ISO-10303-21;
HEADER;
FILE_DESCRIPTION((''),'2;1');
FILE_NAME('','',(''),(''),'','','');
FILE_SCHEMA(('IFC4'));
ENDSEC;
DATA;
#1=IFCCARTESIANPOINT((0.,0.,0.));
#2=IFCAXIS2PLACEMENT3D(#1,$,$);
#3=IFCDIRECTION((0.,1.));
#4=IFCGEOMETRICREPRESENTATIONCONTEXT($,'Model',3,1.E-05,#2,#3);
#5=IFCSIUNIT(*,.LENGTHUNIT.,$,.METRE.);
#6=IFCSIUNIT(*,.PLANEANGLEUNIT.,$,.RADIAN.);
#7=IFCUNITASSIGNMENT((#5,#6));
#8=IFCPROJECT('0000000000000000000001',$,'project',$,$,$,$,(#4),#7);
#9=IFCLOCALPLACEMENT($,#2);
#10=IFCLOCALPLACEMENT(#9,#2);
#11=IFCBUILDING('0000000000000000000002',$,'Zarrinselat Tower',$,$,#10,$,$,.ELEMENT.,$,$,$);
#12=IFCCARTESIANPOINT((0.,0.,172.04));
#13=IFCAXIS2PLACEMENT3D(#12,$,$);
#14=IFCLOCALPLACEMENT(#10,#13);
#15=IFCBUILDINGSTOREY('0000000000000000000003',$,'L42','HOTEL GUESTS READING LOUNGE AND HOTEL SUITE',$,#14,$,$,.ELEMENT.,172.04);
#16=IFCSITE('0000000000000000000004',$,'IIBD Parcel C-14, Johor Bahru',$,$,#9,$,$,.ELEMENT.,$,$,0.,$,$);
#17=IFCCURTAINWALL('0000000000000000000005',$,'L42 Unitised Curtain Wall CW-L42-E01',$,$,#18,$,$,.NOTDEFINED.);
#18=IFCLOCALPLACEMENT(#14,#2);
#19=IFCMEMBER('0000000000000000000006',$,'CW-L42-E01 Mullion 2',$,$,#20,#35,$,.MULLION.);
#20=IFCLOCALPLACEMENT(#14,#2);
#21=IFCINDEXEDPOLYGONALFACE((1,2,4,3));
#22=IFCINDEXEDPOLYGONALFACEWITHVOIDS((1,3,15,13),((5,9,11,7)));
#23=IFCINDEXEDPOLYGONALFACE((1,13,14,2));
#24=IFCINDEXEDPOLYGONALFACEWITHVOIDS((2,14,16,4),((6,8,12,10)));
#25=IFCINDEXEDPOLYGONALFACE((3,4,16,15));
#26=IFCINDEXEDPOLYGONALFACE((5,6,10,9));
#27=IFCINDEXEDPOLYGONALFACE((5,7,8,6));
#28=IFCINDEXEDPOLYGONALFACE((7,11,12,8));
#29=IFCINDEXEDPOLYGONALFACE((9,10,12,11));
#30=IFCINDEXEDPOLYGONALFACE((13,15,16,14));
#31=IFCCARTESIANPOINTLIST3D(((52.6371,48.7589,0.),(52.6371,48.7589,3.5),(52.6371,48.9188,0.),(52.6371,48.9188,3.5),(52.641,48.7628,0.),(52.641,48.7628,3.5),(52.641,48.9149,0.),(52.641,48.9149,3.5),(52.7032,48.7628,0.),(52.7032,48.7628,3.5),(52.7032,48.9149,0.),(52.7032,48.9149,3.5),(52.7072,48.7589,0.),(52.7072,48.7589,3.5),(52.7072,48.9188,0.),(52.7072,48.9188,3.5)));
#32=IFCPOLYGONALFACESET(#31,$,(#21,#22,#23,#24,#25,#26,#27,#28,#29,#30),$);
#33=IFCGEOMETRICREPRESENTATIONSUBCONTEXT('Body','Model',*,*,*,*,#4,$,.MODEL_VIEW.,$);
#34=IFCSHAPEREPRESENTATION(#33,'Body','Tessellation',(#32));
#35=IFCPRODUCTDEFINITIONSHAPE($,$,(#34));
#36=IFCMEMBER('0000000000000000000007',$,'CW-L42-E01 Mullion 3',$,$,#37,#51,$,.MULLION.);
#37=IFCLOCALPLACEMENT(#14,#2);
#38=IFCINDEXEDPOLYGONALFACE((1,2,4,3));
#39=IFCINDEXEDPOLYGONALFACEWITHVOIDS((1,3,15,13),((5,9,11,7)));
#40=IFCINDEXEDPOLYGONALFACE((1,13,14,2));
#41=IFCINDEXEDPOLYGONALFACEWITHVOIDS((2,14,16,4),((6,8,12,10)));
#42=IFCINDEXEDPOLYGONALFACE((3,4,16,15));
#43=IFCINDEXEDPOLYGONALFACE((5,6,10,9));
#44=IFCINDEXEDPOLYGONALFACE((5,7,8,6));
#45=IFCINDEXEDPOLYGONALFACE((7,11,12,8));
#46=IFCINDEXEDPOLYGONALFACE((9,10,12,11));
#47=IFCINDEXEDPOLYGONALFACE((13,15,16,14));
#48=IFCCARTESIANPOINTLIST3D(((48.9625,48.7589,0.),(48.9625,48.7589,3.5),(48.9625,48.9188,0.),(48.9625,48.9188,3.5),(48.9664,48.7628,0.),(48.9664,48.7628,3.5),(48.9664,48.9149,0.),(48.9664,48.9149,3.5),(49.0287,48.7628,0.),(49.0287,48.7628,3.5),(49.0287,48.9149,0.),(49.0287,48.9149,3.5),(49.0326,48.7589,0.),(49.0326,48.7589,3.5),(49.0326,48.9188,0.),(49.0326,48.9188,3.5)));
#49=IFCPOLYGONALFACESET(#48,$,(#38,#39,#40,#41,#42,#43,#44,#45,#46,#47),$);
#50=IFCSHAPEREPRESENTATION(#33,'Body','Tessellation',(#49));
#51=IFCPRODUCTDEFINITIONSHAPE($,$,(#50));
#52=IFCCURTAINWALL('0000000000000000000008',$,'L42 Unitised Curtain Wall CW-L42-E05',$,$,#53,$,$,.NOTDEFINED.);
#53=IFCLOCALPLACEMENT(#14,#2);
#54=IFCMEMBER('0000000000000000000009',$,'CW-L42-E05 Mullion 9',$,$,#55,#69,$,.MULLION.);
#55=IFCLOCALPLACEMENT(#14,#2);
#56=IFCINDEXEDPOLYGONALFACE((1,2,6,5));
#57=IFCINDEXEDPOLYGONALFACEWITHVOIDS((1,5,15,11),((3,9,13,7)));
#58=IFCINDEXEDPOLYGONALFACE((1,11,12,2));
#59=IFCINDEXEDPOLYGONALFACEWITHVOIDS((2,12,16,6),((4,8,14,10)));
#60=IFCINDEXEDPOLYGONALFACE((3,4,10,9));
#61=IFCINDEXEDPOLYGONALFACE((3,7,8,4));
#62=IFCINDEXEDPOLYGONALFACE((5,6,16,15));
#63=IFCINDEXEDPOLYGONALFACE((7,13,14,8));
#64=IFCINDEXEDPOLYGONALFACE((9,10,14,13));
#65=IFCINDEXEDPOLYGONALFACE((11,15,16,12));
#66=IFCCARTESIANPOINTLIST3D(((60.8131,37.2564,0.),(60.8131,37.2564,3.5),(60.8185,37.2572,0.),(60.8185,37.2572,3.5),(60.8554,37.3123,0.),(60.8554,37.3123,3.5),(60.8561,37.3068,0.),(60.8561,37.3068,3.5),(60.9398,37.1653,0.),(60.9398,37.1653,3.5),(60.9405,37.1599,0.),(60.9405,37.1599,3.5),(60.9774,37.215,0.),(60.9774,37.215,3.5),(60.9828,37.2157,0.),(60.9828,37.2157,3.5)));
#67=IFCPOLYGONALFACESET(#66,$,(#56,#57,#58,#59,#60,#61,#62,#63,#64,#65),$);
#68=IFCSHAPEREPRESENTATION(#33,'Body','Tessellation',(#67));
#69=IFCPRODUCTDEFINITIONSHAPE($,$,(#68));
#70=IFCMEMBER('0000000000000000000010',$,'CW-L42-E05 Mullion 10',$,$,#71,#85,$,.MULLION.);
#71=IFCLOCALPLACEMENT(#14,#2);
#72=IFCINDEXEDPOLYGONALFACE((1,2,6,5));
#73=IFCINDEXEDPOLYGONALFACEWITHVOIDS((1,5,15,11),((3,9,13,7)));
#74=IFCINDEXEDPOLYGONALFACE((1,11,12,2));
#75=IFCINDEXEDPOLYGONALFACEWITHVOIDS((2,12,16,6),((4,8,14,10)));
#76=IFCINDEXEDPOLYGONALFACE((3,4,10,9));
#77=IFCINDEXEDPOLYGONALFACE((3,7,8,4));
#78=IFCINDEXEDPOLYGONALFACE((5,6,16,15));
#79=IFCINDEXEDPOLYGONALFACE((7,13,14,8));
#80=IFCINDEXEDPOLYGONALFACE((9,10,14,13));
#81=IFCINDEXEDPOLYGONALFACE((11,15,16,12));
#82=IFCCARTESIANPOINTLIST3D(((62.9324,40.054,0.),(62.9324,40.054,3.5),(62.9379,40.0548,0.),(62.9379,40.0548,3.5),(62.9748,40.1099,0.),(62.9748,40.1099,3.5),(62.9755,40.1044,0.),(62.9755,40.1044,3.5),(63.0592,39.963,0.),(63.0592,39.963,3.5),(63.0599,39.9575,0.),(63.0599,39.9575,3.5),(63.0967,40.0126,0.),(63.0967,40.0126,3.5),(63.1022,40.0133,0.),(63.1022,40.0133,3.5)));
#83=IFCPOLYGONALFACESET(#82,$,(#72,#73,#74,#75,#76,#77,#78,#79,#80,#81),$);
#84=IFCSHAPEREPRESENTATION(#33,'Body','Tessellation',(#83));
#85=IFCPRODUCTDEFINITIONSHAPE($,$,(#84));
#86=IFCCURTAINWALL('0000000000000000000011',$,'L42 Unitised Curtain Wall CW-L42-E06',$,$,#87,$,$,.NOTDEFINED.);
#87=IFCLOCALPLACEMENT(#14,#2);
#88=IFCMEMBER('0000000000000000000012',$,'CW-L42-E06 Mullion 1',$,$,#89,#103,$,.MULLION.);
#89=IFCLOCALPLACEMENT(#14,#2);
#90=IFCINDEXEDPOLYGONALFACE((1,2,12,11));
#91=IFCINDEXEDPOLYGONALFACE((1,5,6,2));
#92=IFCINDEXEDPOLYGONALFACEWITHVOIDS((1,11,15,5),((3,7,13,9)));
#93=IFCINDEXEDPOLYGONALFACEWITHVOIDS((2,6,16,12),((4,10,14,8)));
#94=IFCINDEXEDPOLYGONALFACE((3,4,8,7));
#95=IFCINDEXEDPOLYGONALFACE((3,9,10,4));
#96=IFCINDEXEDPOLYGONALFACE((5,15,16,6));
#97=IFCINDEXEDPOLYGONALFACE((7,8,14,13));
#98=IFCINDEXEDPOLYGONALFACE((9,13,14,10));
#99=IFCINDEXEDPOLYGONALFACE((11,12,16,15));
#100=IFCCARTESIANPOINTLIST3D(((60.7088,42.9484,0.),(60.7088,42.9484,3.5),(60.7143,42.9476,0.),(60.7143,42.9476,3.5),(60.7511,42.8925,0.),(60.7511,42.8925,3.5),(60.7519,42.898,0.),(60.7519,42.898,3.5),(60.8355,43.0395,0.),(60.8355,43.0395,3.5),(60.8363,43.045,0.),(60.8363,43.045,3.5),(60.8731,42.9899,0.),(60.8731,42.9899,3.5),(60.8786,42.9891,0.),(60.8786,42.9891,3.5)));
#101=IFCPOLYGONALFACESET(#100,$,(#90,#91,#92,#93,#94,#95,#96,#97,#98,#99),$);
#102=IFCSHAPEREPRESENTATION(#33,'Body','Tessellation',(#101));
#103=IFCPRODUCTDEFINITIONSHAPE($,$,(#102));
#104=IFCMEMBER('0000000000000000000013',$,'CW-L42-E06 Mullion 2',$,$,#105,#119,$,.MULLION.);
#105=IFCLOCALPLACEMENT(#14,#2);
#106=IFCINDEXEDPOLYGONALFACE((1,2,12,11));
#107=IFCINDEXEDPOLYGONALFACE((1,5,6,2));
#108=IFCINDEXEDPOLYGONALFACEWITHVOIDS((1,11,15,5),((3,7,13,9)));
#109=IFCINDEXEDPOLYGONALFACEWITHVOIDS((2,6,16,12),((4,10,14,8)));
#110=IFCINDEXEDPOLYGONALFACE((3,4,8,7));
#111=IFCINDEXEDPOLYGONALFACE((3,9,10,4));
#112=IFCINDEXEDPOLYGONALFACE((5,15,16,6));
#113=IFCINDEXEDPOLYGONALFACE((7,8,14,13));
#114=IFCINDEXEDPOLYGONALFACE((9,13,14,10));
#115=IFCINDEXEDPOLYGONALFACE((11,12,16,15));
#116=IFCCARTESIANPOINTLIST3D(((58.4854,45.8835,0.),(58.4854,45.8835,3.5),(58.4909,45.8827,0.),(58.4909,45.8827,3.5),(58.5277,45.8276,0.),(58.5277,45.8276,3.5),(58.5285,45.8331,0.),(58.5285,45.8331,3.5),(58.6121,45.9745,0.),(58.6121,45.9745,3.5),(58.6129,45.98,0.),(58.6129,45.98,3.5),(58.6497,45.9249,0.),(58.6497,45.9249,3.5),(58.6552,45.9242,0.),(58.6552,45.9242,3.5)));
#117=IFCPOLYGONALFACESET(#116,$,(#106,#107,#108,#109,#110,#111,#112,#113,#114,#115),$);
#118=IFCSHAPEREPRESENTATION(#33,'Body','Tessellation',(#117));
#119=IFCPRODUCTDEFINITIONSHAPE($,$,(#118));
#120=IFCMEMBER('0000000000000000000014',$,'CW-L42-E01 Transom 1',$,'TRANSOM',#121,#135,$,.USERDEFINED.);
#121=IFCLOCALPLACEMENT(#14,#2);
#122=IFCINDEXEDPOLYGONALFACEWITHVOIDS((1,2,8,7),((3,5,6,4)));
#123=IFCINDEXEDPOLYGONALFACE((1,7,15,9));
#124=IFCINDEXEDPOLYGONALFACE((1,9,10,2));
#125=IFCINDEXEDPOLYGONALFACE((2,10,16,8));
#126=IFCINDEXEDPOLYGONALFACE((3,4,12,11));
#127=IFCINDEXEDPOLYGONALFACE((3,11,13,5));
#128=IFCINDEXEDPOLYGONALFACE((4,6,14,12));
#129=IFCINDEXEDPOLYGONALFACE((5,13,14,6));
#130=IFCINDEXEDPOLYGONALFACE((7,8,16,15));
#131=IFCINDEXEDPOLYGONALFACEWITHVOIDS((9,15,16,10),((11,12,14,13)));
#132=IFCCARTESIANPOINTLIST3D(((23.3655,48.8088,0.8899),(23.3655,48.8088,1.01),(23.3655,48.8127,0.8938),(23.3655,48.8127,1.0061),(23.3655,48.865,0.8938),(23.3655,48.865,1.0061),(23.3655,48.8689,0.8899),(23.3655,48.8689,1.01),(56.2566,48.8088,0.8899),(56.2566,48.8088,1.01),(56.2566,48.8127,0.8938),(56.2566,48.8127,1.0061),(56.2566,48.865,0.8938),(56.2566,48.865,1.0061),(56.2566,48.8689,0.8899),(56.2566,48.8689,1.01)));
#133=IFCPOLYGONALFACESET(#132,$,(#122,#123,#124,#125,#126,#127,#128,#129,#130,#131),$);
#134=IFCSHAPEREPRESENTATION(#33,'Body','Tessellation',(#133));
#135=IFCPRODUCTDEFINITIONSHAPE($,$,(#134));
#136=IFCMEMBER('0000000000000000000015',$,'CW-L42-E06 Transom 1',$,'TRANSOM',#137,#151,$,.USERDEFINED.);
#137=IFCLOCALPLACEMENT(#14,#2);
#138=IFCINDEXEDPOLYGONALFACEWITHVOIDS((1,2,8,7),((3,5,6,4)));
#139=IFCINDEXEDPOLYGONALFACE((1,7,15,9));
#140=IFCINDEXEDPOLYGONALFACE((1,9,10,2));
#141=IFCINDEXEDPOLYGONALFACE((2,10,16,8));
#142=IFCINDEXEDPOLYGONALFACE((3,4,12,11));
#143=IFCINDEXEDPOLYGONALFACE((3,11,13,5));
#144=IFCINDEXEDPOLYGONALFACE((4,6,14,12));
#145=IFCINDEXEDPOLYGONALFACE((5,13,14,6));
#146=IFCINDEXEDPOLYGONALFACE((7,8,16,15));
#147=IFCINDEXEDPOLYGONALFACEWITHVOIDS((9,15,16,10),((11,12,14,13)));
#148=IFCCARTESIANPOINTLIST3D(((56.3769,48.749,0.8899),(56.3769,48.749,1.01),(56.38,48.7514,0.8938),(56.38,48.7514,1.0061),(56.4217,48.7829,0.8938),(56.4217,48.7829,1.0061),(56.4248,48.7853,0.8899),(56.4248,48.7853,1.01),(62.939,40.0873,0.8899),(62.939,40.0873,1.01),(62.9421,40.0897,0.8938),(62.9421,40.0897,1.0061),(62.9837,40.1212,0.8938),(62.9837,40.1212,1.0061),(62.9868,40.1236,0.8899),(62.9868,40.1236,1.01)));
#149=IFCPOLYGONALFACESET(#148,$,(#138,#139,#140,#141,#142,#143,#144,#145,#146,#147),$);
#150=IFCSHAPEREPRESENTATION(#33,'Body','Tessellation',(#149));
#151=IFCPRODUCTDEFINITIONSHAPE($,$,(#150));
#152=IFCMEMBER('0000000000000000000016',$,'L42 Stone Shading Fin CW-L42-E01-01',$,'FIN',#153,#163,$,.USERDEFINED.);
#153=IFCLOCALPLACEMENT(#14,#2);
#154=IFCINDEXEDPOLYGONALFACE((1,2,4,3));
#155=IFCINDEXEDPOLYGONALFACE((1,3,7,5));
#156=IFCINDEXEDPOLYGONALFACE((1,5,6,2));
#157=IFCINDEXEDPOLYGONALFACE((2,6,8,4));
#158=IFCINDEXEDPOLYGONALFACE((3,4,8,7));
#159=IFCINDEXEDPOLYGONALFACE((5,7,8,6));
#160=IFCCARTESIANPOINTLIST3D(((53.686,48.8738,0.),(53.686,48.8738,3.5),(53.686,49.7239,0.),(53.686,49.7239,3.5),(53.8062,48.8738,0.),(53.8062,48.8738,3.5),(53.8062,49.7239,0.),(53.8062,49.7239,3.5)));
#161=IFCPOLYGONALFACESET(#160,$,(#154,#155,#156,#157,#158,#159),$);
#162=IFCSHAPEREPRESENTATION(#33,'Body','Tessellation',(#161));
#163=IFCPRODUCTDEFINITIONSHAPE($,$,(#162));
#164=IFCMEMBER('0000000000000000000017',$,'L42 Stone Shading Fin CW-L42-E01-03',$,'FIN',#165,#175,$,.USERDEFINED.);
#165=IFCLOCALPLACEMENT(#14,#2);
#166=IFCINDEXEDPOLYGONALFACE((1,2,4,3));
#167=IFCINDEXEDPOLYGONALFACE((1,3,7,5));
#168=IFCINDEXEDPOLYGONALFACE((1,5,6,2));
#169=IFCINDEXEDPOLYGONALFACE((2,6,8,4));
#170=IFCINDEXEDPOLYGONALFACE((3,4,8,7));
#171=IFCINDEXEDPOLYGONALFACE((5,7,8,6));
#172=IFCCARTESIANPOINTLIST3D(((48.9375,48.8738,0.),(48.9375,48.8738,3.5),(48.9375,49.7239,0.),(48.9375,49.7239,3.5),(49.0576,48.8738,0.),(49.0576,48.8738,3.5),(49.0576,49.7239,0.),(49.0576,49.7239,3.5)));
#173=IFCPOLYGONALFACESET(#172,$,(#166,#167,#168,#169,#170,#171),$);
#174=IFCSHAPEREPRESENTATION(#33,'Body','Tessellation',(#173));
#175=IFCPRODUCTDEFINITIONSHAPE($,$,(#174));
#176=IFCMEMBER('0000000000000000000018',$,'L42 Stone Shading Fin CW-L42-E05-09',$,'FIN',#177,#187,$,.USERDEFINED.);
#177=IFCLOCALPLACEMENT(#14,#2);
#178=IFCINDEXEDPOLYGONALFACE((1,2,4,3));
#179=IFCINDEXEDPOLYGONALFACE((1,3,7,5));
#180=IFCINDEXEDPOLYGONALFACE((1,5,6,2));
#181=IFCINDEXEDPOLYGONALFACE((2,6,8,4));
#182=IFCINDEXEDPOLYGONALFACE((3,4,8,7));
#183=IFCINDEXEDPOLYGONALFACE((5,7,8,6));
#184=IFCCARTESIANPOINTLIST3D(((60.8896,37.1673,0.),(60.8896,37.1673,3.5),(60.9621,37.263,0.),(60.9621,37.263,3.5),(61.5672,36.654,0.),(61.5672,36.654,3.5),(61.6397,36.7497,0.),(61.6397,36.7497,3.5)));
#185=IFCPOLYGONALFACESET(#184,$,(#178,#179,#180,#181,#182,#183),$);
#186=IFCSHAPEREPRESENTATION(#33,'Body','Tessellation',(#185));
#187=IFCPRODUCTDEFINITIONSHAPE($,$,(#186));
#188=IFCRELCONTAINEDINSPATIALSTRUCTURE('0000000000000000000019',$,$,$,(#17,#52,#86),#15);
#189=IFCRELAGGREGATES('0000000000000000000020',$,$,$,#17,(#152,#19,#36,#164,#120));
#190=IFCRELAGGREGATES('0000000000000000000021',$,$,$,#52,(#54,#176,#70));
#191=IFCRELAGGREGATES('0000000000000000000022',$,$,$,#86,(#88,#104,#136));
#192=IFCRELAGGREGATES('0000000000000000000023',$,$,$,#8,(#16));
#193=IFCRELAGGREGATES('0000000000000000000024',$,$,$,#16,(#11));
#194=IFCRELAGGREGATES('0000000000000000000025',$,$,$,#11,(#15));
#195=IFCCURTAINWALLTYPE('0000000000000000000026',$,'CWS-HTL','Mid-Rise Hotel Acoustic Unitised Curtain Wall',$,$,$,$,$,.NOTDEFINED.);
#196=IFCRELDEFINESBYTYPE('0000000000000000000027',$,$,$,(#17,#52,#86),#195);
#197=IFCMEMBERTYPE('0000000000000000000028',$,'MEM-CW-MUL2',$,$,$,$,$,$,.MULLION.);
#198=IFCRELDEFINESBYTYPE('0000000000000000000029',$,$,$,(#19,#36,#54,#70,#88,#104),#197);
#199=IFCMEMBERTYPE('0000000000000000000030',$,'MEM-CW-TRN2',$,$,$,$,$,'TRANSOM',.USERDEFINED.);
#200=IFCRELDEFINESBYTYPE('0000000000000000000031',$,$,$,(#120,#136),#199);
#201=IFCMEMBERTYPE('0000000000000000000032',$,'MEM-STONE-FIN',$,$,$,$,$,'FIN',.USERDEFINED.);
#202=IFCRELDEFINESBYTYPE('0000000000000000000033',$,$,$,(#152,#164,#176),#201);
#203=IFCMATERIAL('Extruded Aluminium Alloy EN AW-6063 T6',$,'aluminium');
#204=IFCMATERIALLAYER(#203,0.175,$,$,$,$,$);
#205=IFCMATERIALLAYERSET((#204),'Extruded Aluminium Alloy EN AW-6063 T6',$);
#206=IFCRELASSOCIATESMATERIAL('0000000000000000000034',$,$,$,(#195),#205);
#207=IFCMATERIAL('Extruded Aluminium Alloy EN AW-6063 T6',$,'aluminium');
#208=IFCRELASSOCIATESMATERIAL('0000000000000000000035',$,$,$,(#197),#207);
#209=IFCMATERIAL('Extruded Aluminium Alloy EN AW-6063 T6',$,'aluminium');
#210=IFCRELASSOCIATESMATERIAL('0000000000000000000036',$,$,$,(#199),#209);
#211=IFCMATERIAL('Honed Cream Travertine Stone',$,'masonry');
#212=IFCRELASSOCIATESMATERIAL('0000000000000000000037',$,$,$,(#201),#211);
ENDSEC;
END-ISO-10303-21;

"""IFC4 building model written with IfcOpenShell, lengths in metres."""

from ifc_helpers import new_model, si_unit, direction, frame, origin, origin_2d, place, context, subcontext, project, spatial, rectangle, hollow_rectangle, extrude, material, layer, layer_set, material_profile, profile_set, type_object, element, aggregate, save


model = new_model("IFC4")

# Units and contexts
model_context = context("Model", 3, precision=1e-05, world=origin(), true_north=direction((0.0, 1.0)))
body_context = subcontext(model_context, "Body", "Model", "MODEL_VIEW")
ifc_project = project(units=[si_unit("LENGTHUNIT", "METRE"), si_unit("PLANEANGLEUNIT", "RADIAN")], contexts=[model_context])

# Site, building, storey
site_placement = place(None, origin())
site = spatial("IfcSite", under=ifc_project, at=site_placement, Name="IIBD Parcel C-14, Johor Bahru", CompositionType="ELEMENT", RefElevation=0.0)
building_placement = place(site_placement, origin())
building = spatial("IfcBuilding", under=site, at=building_placement, Name="Zarrinselat Tower", CompositionType="ELEMENT")
storey_placement = place(building_placement, frame((0.0, 0.0, 172.04)))
storey = spatial("IfcBuildingStorey", under=building, at=storey_placement, Name="L42", Description="HOTEL GUESTS READING LOUNGE AND HOTEL SUITE", CompositionType="ELEMENT", Elevation=172.04)

# Curtain walls, members
ifc_material_1 = material(Name="Extruded Aluminium Alloy EN AW-6063 T6", Category="aluminium")
ifc_layer_1 = layer(ifc_material_1, 0.175)
ifc_layer_set_1 = layer_set([ifc_layer_1], Name="Extruded Aluminium Alloy EN AW-6063 T6")
curtain_wall_type = type_object("IfcCurtainWallType", Name="CWS-HTL", Description="Mid-Rise Hotel Acoustic Unitised Curtain Wall", PredefinedType="NOTDEFINED", material=ifc_layer_set_1)
curtain_wall_1_placement = place(storey_placement, origin())
curtain_wall_1 = element("IfcCurtainWall", 1, at=curtain_wall_1_placement, inside=storey, type_object=curtain_wall_type, Name="L42 Unitised Curtain Wall CW-L42-E01", PredefinedType="NOTDEFINED")
ifc_material_2 = material(Name="Extruded Aluminium Alloy EN AW-6063 T6", Category="aluminium")
ifc_material_profile_1 = material_profile(ifc_material_2, hollow_rectangle(XDim=0.0701, YDim=0.1599, WallThickness=0.0039, at=origin_2d()), Name="RHS 160x70x4")
ifc_profile_set_1 = profile_set([ifc_material_profile_1], Name="Extruded Aluminium Alloy EN AW-6063 T6")
member_type_1 = type_object("IfcMemberType", Name="MEM-CW-MUL2", PredefinedType="MULLION", material=ifc_profile_set_1)
member_1_placement = place(storey_placement, frame((52.6721, 48.8389, 0.0), z_axis=(0.0, 0.0, 1.0), x_axis=(-1.0, 0.0, 0.0)))
member_1 = element("IfcMember", 2, at=member_1_placement, type_object=member_type_1, Name="CW-L42-E01 Mullion 2", PredefinedType="MULLION", context=body_context, shape_type="SweptSolid", body=[
    extrude(hollow_rectangle(XDim=0.0701, YDim=0.1599, WallThickness=0.0039, at=origin_2d()), origin(), (0.0, 0.0, 1.0), 3.5),
])
member_2_placement = place(storey_placement, frame((48.9976, 48.8389, 0.0), z_axis=(0.0, 0.0, 1.0), x_axis=(-1.0, 0.0, 0.0)))
member_2 = element("IfcMember", 3, at=member_2_placement, type_object=member_type_1, Name="CW-L42-E01 Mullion 3", PredefinedType="MULLION", context=body_context, shape_type="SweptSolid", body=[
    extrude(hollow_rectangle(XDim=0.0701, YDim=0.1599, WallThickness=0.0039, at=origin_2d()), origin(), (0.0, 0.0, 1.0), 3.5),
])
curtain_wall_2_placement = place(storey_placement, origin())
curtain_wall_2 = element("IfcCurtainWall", 4, at=curtain_wall_2_placement, inside=storey, type_object=curtain_wall_type, Name="L42 Unitised Curtain Wall CW-L42-E05", PredefinedType="NOTDEFINED")
member_3_placement = place(storey_placement, frame((60.8979, 37.2361, 0.0), z_axis=(0.0, 0.0, 1.0), x_axis=(0.603859, 0.797091, 0.0)))
member_3 = element("IfcMember", 5, at=member_3_placement, type_object=member_type_1, Name="CW-L42-E05 Mullion 9", PredefinedType="MULLION", context=body_context, shape_type="SweptSolid", body=[
    extrude(hollow_rectangle(XDim=0.0701, YDim=0.1599, WallThickness=0.0039, at=origin_2d()), origin(), (0.0, 0.0, 1.0), 3.5),
])
member_4_placement = place(storey_placement, frame((63.0173, 40.0337, 0.0), z_axis=(0.0, 0.0, 1.0), x_axis=(0.603859, 0.797091, 0.0)))
member_4 = element("IfcMember", 6, at=member_4_placement, type_object=member_type_1, Name="CW-L42-E05 Mullion 10", PredefinedType="MULLION", context=body_context, shape_type="SweptSolid", body=[
    extrude(hollow_rectangle(XDim=0.0701, YDim=0.1599, WallThickness=0.0039, at=origin_2d()), origin(), (0.0, 0.0, 1.0), 3.5),
])
curtain_wall_3_placement = place(storey_placement, origin())
curtain_wall_3 = element("IfcCurtainWall", 7, at=curtain_wall_3_placement, inside=storey, type_object=curtain_wall_type, Name="L42 Unitised Curtain Wall CW-L42-E06", PredefinedType="NOTDEFINED")
member_5_placement = place(storey_placement, frame((60.7937, 42.9688, 0.0), z_axis=(0.0, 0.0, 1.0), x_axis=(-0.603857, 0.797092, 0.0)))
member_5 = element("IfcMember", 8, at=member_5_placement, type_object=member_type_1, Name="CW-L42-E06 Mullion 1", PredefinedType="MULLION", context=body_context, shape_type="SweptSolid", body=[
    extrude(hollow_rectangle(XDim=0.0701, YDim=0.1599, WallThickness=0.0039, at=origin_2d()), origin(), (0.0, 0.0, 1.0), 3.5),
])
member_6_placement = place(storey_placement, frame((58.5703, 45.9038, 0.0), z_axis=(0.0, 0.0, 1.0), x_axis=(-0.603857, 0.797092, 0.0)))
member_6 = element("IfcMember", 9, at=member_6_placement, type_object=member_type_1, Name="CW-L42-E06 Mullion 2", PredefinedType="MULLION", context=body_context, shape_type="SweptSolid", body=[
    extrude(hollow_rectangle(XDim=0.0701, YDim=0.1599, WallThickness=0.0039, at=origin_2d()), origin(), (0.0, 0.0, 1.0), 3.5),
])

# Members
ifc_material_3 = material(Name="Extruded Aluminium Alloy EN AW-6063 T6", Category="aluminium")
ifc_material_profile_2 = material_profile(ifc_material_3, hollow_rectangle(XDim=0.0601, YDim=0.1201, WallThickness=0.0039, at=origin_2d()), Name="RHS 120x60x4")
ifc_profile_set_2 = profile_set([ifc_material_profile_2], Name="Extruded Aluminium Alloy EN AW-6063 T6")
member_type_2 = type_object("IfcMemberType", Name="MEM-CW-TRN2", ElementType="TRANSOM", PredefinedType="USERDEFINED", material=ifc_profile_set_2)
member_7_placement = place(storey_placement, frame((56.2566, 48.8389, 0.95), z_axis=(-1.0, 0.0, 0.0), x_axis=(0.0, -1.0, 0.0)))
member_7 = element("IfcMember", 10, at=member_7_placement, type_object=member_type_2, Name="CW-L42-E01 Transom 1", ObjectType="TRANSOM", PredefinedType="USERDEFINED", context=body_context, shape_type="SweptSolid", body=[
    extrude(hollow_rectangle(XDim=0.0601, YDim=0.1201, WallThickness=0.0039, at=origin_2d()), origin(), (0.0, 0.0, 1.0), 32.8911),
])
member_8_placement = place(storey_placement, frame((62.9629, 40.1055, 0.95), z_axis=(-0.603868, 0.797084, 0.0), x_axis=(-0.797084, -0.603868, 0.0)))
member_8 = element("IfcMember", 11, at=member_8_placement, type_object=member_type_2, Name="CW-L42-E06 Transom 1", ObjectType="TRANSOM", PredefinedType="USERDEFINED", context=body_context, shape_type="SweptSolid", body=[
    extrude(hollow_rectangle(XDim=0.0601, YDim=0.1201, WallThickness=0.0039, at=origin_2d()), origin(), (0.0, 0.0, 1.0), 10.8667),
])
ifc_material_4 = material(Name="Honed Cream Travertine Stone", Category="masonry")
ifc_material_profile_3 = material_profile(ifc_material_4, rectangle(XDim=0.1201, YDim=0.8501, at=origin_2d()), Name="FIN 850x120")
ifc_profile_set_3 = profile_set([ifc_material_profile_3], Name="Honed Cream Travertine Stone")
member_type_3 = type_object("IfcMemberType", Name="MEM-STONE-FIN", ElementType="FIN", PredefinedType="USERDEFINED", material=ifc_profile_set_3)
member_9_placement = place(storey_placement, frame((53.7461, 49.2988, 0.0), z_axis=(0.0, 0.0, 1.0), x_axis=(1.0, 0.0, 0.0)))
member_9 = element("IfcMember", 12, at=member_9_placement, type_object=member_type_3, Name="L42 Stone Shading Fin CW-L42-E01-01", ObjectType="FIN", PredefinedType="USERDEFINED", context=body_context, shape_type="SweptSolid", body=[
    extrude(rectangle(XDim=0.1201, YDim=0.8501, at=origin_2d()), origin(), (0.0, 0.0, 1.0), 3.5),
])
member_10_placement = place(storey_placement, frame((48.9976, 49.2988, 0.0), z_axis=(0.0, 0.0, 1.0), x_axis=(1.0, 0.0, 0.0)))
member_10 = element("IfcMember", 13, at=member_10_placement, type_object=member_type_3, Name="L42 Stone Shading Fin CW-L42-E01-03", ObjectType="FIN", PredefinedType="USERDEFINED", context=body_context, shape_type="SweptSolid", body=[
    extrude(rectangle(XDim=0.1201, YDim=0.8501, at=origin_2d()), origin(), (0.0, 0.0, 1.0), 3.5),
])
member_11_placement = place(storey_placement, frame((61.2646, 36.9585, 0.0), z_axis=(0.0, 0.0, 1.0), x_axis=(-0.603859, -0.797091, 0.0)))
member_11 = element("IfcMember", 14, at=member_11_placement, type_object=member_type_3, Name="L42 Stone Shading Fin CW-L42-E05-09", ObjectType="FIN", PredefinedType="USERDEFINED", context=body_context, shape_type="SweptSolid", body=[
    extrude(rectangle(XDim=0.1201, YDim=0.8501, at=origin_2d()), origin(), (0.0, 0.0, 1.0), 3.5),
])

aggregate(curtain_wall_1, [member_9, member_1, member_2, member_10, member_7])
aggregate(curtain_wall_2, [member_3, member_11, member_4])
aggregate(curtain_wall_3, [member_5, member_6, member_8])

save(model, "model.ifc")
